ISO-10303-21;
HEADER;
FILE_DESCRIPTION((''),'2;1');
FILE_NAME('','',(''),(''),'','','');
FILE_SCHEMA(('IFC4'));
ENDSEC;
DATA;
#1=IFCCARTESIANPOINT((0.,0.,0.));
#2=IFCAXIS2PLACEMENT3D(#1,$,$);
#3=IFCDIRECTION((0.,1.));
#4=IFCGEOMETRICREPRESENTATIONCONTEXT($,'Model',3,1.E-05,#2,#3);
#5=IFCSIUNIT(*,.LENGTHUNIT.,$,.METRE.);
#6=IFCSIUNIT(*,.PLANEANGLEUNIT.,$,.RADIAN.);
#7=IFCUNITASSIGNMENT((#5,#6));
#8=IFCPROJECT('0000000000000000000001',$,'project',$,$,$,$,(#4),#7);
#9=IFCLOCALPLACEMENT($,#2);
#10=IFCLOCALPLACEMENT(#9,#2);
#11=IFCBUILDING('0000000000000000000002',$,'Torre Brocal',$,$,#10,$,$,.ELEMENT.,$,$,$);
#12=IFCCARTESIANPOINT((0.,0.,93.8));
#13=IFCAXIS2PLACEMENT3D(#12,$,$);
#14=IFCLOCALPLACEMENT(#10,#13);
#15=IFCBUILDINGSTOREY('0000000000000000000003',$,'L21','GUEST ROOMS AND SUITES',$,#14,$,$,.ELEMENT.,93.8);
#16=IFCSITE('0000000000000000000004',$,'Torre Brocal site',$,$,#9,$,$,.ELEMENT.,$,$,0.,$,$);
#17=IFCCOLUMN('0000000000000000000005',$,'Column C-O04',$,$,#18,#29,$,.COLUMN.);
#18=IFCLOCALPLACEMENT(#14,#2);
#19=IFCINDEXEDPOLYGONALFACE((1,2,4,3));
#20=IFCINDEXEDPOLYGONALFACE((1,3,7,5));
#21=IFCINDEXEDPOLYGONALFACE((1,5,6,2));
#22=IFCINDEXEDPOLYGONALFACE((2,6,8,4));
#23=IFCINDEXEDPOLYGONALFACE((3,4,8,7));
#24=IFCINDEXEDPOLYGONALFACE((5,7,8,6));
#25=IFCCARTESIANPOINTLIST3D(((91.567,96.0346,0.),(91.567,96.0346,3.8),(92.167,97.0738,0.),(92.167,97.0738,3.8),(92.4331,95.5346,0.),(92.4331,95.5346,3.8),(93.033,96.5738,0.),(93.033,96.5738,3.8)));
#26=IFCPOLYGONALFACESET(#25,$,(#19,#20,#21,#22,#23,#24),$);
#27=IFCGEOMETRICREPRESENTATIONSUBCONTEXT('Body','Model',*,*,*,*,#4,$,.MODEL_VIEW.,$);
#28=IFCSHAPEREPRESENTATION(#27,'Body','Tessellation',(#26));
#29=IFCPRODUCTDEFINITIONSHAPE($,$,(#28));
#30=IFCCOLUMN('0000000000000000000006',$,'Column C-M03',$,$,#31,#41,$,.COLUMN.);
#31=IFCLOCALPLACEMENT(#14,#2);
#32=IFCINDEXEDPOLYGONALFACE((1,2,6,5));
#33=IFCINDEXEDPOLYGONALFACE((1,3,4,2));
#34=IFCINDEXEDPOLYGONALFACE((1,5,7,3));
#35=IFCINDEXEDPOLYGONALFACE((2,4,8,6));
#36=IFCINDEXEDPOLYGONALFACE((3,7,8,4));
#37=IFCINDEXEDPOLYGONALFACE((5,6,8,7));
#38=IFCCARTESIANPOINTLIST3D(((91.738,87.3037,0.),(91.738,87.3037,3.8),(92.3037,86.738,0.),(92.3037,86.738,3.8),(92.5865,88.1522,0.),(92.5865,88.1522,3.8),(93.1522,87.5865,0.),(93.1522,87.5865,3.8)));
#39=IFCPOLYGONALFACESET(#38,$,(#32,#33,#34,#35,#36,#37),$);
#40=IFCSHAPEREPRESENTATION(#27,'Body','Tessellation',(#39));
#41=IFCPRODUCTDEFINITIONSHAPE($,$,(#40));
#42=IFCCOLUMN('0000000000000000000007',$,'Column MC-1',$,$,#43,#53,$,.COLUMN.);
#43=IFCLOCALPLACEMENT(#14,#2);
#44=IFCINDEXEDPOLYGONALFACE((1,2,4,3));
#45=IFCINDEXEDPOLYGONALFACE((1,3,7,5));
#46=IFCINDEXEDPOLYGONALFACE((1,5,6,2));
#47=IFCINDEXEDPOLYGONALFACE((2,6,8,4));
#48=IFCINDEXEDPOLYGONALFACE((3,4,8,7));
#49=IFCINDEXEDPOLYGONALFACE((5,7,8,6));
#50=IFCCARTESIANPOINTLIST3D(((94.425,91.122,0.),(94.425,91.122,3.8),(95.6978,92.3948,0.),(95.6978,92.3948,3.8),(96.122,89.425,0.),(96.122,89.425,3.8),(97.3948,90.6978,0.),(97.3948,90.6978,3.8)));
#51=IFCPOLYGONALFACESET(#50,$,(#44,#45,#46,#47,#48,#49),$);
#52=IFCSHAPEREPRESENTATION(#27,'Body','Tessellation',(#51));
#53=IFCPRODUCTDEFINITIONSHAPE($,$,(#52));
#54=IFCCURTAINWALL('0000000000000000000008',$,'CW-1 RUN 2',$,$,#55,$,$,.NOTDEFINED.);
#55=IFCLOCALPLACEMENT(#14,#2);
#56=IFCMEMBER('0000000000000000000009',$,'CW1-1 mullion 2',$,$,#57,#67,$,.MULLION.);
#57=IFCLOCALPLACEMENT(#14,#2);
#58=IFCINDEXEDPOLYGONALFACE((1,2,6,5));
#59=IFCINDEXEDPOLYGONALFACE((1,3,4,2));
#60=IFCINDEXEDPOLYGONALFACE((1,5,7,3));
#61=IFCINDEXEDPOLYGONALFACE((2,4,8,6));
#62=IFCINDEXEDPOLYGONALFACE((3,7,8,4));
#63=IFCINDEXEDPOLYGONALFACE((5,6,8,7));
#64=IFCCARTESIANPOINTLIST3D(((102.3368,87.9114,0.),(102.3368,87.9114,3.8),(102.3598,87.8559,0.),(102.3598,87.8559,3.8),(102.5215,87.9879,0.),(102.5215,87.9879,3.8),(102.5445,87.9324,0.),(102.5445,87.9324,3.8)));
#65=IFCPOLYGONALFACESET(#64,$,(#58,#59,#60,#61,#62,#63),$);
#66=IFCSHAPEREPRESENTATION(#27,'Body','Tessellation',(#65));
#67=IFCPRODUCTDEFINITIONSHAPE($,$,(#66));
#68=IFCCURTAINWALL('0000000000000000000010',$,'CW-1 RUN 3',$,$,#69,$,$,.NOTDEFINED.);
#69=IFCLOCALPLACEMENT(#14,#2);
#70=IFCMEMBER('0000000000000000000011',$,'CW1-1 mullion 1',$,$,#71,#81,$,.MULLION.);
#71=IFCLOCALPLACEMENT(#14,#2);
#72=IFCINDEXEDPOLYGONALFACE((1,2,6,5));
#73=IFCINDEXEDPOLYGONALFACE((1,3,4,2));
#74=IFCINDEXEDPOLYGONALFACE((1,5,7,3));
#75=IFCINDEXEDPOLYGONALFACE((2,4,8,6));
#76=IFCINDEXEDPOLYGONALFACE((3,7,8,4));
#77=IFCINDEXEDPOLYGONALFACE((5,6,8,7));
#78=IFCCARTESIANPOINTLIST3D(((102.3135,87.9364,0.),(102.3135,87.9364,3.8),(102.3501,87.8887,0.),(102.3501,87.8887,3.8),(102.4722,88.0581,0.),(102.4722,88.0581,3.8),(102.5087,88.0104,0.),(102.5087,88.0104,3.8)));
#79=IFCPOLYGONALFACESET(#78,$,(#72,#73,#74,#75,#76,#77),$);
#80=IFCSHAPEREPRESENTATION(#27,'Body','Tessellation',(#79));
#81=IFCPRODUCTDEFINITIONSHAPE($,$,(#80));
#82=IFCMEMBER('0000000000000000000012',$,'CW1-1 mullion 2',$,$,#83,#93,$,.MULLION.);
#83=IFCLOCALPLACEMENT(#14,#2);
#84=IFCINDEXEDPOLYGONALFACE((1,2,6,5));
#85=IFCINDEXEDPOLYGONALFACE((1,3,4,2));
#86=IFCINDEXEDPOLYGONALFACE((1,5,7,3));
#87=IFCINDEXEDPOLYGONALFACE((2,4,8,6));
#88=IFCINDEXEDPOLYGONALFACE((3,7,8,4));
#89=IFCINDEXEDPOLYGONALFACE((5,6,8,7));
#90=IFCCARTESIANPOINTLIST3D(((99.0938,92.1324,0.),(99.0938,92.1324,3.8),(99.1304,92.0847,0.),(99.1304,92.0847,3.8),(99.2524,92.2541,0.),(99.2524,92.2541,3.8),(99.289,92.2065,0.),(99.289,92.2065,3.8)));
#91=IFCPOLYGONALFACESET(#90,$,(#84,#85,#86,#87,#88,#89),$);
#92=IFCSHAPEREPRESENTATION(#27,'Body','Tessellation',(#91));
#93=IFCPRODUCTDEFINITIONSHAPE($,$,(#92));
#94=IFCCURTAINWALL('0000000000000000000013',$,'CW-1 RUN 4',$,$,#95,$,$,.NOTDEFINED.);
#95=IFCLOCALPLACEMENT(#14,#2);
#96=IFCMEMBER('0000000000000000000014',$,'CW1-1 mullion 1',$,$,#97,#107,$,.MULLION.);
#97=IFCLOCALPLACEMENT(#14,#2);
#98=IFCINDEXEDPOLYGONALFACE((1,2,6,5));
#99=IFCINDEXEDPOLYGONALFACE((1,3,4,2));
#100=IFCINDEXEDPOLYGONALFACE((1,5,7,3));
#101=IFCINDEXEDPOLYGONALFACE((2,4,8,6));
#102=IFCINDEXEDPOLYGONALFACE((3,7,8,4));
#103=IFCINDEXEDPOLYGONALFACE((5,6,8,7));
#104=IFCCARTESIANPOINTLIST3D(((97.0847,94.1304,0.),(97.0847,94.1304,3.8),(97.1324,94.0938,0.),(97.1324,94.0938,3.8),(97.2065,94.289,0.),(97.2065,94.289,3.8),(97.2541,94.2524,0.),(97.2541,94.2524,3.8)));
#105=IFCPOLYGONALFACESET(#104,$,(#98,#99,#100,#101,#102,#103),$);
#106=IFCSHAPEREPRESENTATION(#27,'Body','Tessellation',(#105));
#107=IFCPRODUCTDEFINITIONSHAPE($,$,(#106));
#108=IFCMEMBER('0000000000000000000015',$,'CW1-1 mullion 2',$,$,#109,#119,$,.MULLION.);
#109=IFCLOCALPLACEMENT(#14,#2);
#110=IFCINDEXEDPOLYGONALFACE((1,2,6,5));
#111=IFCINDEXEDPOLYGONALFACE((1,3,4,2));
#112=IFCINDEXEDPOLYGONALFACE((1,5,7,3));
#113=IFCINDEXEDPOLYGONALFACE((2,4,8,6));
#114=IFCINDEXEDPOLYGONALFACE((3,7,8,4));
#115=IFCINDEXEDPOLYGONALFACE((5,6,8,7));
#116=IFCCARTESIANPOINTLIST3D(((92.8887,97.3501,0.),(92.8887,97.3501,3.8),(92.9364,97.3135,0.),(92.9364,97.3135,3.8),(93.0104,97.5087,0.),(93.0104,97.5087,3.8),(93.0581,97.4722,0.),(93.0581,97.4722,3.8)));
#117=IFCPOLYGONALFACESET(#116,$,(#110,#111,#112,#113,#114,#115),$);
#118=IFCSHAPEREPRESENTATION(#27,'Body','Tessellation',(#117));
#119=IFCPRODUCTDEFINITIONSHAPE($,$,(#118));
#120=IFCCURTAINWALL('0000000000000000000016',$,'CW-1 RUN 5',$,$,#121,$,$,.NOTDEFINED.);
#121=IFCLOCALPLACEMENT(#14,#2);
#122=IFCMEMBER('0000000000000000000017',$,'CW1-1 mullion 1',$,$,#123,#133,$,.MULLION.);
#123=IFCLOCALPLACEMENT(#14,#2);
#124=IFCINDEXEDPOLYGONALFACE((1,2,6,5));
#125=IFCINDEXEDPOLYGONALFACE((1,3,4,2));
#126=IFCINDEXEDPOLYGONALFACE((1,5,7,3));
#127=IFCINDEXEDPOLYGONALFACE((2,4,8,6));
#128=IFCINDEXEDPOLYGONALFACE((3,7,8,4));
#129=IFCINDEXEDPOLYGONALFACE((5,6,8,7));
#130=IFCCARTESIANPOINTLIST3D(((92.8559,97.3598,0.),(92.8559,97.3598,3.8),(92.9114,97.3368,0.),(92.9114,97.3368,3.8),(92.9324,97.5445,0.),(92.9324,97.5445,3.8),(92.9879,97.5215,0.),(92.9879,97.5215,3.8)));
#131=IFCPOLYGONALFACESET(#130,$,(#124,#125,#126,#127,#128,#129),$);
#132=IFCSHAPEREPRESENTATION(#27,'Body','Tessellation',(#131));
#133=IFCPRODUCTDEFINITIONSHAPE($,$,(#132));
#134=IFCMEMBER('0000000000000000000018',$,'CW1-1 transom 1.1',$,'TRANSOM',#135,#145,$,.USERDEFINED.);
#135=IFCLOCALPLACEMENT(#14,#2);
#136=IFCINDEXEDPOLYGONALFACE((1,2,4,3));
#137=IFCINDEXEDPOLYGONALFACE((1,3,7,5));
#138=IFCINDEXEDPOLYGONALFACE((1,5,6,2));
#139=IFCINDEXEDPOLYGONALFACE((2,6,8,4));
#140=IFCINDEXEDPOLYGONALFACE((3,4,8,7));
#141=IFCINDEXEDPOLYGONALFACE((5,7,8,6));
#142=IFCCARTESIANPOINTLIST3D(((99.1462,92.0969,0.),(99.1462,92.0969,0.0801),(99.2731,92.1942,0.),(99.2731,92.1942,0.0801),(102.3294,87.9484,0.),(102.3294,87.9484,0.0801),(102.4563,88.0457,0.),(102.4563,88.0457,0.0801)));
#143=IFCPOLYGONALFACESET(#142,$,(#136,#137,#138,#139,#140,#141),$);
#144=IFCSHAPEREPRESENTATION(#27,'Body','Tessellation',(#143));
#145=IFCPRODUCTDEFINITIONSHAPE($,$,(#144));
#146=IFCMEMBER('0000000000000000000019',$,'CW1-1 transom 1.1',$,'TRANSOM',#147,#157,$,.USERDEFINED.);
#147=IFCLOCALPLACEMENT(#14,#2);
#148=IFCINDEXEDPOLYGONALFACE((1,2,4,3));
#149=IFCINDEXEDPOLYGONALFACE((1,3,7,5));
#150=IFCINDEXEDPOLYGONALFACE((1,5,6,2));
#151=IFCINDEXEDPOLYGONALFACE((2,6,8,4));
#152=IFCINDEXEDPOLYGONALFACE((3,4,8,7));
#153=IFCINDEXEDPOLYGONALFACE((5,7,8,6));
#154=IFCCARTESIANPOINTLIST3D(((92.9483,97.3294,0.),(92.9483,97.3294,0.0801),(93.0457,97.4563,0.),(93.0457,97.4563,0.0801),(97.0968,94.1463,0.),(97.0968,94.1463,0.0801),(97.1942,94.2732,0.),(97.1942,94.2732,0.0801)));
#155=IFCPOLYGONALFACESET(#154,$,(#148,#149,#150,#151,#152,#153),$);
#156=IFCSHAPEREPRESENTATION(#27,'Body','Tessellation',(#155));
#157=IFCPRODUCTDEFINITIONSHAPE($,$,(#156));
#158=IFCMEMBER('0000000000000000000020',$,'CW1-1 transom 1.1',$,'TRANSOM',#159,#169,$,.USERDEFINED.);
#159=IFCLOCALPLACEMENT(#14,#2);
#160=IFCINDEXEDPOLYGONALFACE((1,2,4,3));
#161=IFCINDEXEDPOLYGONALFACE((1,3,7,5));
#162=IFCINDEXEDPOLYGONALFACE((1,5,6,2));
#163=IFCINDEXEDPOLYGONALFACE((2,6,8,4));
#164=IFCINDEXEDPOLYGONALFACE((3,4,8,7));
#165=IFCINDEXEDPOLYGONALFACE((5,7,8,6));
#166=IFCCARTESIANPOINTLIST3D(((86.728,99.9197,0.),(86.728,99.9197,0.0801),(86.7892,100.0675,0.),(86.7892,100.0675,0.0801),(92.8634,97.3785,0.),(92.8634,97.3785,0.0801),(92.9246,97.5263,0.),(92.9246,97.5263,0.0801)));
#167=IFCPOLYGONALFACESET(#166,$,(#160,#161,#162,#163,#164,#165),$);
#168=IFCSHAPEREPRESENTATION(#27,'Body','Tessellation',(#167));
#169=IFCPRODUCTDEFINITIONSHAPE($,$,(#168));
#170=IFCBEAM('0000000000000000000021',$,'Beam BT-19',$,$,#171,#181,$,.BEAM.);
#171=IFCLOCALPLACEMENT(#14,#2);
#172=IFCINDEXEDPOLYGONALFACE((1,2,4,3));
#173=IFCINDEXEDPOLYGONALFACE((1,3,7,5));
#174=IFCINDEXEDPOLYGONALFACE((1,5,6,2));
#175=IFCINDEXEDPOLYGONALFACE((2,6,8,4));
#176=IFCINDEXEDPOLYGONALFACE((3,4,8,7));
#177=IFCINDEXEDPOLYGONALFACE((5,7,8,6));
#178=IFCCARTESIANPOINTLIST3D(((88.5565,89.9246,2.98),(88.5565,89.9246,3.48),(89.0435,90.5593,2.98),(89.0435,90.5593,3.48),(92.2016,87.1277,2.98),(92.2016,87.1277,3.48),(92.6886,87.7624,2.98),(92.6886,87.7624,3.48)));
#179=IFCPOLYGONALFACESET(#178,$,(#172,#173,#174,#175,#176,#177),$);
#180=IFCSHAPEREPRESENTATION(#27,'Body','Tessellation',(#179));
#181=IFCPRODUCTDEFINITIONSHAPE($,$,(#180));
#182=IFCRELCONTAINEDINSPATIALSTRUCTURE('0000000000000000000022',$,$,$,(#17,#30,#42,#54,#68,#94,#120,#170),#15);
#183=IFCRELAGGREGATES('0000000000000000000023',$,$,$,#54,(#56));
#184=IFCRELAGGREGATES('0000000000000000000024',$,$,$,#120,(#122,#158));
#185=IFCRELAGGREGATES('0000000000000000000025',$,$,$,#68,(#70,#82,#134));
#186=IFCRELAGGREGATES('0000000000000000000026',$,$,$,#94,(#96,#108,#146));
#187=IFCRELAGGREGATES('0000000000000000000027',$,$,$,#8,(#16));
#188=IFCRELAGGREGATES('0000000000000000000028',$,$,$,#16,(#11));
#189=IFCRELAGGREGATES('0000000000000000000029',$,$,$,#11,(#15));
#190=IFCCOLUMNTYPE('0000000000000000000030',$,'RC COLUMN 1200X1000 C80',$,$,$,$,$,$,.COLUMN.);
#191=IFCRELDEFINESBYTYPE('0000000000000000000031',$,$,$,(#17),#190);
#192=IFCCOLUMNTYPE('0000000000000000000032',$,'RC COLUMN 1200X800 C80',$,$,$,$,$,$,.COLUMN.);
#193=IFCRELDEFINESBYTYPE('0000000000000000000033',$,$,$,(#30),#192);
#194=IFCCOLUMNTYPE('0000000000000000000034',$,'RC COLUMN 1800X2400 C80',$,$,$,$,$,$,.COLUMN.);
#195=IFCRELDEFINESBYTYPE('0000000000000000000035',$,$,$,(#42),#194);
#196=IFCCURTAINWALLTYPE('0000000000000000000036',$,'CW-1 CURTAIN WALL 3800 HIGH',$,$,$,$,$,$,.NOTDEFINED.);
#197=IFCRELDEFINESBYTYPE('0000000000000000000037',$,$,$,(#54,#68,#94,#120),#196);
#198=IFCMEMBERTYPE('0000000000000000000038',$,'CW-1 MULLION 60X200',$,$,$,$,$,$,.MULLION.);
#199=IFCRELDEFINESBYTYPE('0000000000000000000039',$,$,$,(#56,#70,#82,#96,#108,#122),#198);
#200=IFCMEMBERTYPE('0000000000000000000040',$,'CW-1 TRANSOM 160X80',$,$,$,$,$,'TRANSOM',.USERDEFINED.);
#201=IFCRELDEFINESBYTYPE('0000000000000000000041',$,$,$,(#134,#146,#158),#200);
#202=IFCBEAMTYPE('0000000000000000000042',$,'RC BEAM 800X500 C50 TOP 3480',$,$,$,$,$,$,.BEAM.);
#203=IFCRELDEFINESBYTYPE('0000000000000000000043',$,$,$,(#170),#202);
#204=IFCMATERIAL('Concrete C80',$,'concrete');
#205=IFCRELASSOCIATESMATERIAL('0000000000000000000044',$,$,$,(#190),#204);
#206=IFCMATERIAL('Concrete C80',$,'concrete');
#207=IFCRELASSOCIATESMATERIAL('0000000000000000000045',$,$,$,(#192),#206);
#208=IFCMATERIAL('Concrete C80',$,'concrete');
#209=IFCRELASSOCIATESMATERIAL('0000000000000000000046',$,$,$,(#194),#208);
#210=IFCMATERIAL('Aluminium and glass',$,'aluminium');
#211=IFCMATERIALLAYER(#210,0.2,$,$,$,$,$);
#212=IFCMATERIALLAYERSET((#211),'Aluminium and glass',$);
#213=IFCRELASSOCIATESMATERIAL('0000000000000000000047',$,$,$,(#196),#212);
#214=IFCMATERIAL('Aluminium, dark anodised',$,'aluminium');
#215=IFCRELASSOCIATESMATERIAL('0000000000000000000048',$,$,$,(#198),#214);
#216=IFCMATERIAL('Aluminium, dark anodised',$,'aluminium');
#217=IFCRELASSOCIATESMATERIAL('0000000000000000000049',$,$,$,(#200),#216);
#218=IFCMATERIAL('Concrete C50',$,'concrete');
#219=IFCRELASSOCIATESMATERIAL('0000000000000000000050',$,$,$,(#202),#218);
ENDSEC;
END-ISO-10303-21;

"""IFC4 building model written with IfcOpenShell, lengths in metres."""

from ifc_helpers import new_model, si_unit, direction, frame, origin, origin_2d, place, context, subcontext, project, spatial, rectangle, extrude, material, layer, layer_set, material_profile, profile_set, type_object, element, aggregate, save


model = new_model("IFC4")

# Units and contexts
model_context = context("Model", 3, precision=1e-05, world=origin(), true_north=direction((0.0, 1.0)))
body_context = subcontext(model_context, "Body", "Model", "MODEL_VIEW")
ifc_project = project(units=[si_unit("LENGTHUNIT", "METRE"), si_unit("PLANEANGLEUNIT", "RADIAN")], contexts=[model_context])

# Site, building, storey
site_placement = place(None, origin())
site = spatial("IfcSite", under=ifc_project, at=site_placement, Name="Torre Brocal site", CompositionType="ELEMENT", RefElevation=0.0)
building_placement = place(site_placement, origin())
building = spatial("IfcBuilding", under=site, at=building_placement, Name="Torre Brocal", CompositionType="ELEMENT")
storey_placement = place(building_placement, frame((0.0, 0.0, 93.8)))
storey = spatial("IfcBuildingStorey", under=building, at=storey_placement, Name="L21", Description="GUEST ROOMS AND SUITES", CompositionType="ELEMENT", Elevation=93.8)

# Columns
ifc_material_1 = material(Name="Concrete C80", Category="concrete")
ifc_material_profile_1 = material_profile(ifc_material_1, rectangle(XDim=1.2, YDim=1.0, at=origin_2d()), Name="RC 1200X1000")
ifc_profile_set_1 = profile_set([ifc_material_profile_1], Name="Concrete C80")
column_type_1 = type_object("IfcColumnType", Name="RC COLUMN 1200X1000 C80", PredefinedType="COLUMN", material=ifc_profile_set_1)
column_1_placement = place(storey_placement, frame((92.3, 96.3042, 0.0), z_axis=(0.0, 0.0, 1.0), x_axis=(0.5, 0.866025, 0.0)))
element("IfcColumn", 1, at=column_1_placement, inside=storey, type_object=column_type_1, Name="Column C-O04", PredefinedType="COLUMN", context=body_context, shape_type="SweptSolid", body=[
    extrude(rectangle(XDim=1.2, YDim=1.0, at=origin_2d()), origin(), (0.0, 0.0, 1.0), 3.8),
])
ifc_material_2 = material(Name="Concrete C80", Category="concrete")
ifc_material_profile_2 = material_profile(ifc_material_2, rectangle(XDim=1.2, YDim=0.8, at=origin_2d()), Name="RC 1200X800")
ifc_profile_set_2 = profile_set([ifc_material_profile_2], Name="Concrete C80")
column_type_2 = type_object("IfcColumnType", Name="RC COLUMN 1200X800 C80", PredefinedType="COLUMN", material=ifc_profile_set_2)
column_2_placement = place(storey_placement, frame((92.4451, 87.4451, 0.0), z_axis=(0.0, 0.0, 1.0), x_axis=(0.707107, 0.707107, 0.0)))
element("IfcColumn", 2, at=column_2_placement, inside=storey, type_object=column_type_2, Name="Column C-M03", PredefinedType="COLUMN", context=body_context, shape_type="SweptSolid", body=[
    extrude(rectangle(XDim=1.2, YDim=0.8, at=origin_2d()), origin(), (0.0, 0.0, 1.0), 3.8),
])
ifc_material_3 = material(Name="Concrete C80", Category="concrete")
ifc_material_profile_3 = material_profile(ifc_material_3, rectangle(XDim=1.8, YDim=2.3999, at=origin_2d()), Name="RC 1800X2400")
ifc_profile_set_3 = profile_set([ifc_material_profile_3], Name="Concrete C80")
column_type_3 = type_object("IfcColumnType", Name="RC COLUMN 1800X2400 C80", PredefinedType="COLUMN", material=ifc_profile_set_3)
column_3_placement = place(storey_placement, frame((95.9099, 90.9099, 0.0), z_axis=(0.0, 0.0, 1.0), x_axis=(0.707107, 0.707107, 0.0)))
element("IfcColumn", 3, at=column_3_placement, inside=storey, type_object=column_type_3, Name="Column MC-1", PredefinedType="COLUMN", context=body_context, shape_type="SweptSolid", body=[
    extrude(rectangle(XDim=1.8, YDim=2.3999, at=origin_2d()), origin(), (0.0, 0.0, 1.0), 3.8),
])

# Curtain wall, member
ifc_material_4 = material(Name="Aluminium and glass", Category="aluminium")
ifc_layer_1 = layer(ifc_material_4, 0.2)
ifc_layer_set_1 = layer_set([ifc_layer_1], Name="Aluminium and glass")
curtain_wall_type = type_object("IfcCurtainWallType", Name="CW-1 CURTAIN WALL 3800 HIGH", PredefinedType="NOTDEFINED", material=ifc_layer_set_1)
curtain_wall_1_placement = place(storey_placement, origin())
curtain_wall_1 = element("IfcCurtainWall", 4, at=curtain_wall_1_placement, inside=storey, type_object=curtain_wall_type, Name="CW-1 RUN 2", PredefinedType="NOTDEFINED")
ifc_material_5 = material(Name="Aluminium, dark anodised", Category="aluminium")
ifc_material_profile_4 = material_profile(ifc_material_5, rectangle(XDim=0.2, YDim=0.0601, at=origin_2d()), Name="CW-1 MULLION 60X200")
ifc_profile_set_4 = profile_set([ifc_material_profile_4], Name="Aluminium, dark anodised")
member_type_1 = type_object("IfcMemberType", Name="CW-1 MULLION 60X200", PredefinedType="MULLION", material=ifc_profile_set_4)
member_1_placement = place(storey_placement, frame((102.4407, 87.9219, 0.0), z_axis=(0.0, 0.0, 1.0), x_axis=(-0.92388, -0.382683, 0.0)))
member_1 = element("IfcMember", 5, at=member_1_placement, type_object=member_type_1, Name="CW1-1 mullion 2", PredefinedType="MULLION", context=body_context, shape_type="SweptSolid", body=[
    extrude(rectangle(XDim=0.2, YDim=0.0601, at=origin_2d()), origin(), (0.0, 0.0, 1.0), 3.8),
])
aggregate(curtain_wall_1, [member_1])

# Curtain walls, members
curtain_wall_2_placement = place(storey_placement, origin())
curtain_wall_2 = element("IfcCurtainWall", 6, at=curtain_wall_2_placement, inside=storey, type_object=curtain_wall_type, Name="CW-1 RUN 3", PredefinedType="NOTDEFINED")
member_2_placement = place(storey_placement, frame((102.4111, 87.9734, 0.0), z_axis=(0.0, 0.0, 1.0), x_axis=(-0.793353, -0.608761, 0.0)))
member_2 = element("IfcMember", 7, at=member_2_placement, type_object=member_type_1, Name="CW1-1 mullion 1", PredefinedType="MULLION", context=body_context, shape_type="SweptSolid", body=[
    extrude(rectangle(XDim=0.2, YDim=0.0601, at=origin_2d()), origin(), (0.0, 0.0, 1.0), 3.8),
])
member_3_placement = place(storey_placement, frame((99.1914, 92.1694, 0.0), z_axis=(0.0, 0.0, 1.0), x_axis=(-0.793353, -0.608761, 0.0)))
member_3 = element("IfcMember", 8, at=member_3_placement, type_object=member_type_1, Name="CW1-1 mullion 2", PredefinedType="MULLION", context=body_context, shape_type="SweptSolid", body=[
    extrude(rectangle(XDim=0.2, YDim=0.0601, at=origin_2d()), origin(), (0.0, 0.0, 1.0), 3.8),
])
curtain_wall_3_placement = place(storey_placement, origin())
curtain_wall_3 = element("IfcCurtainWall", 9, at=curtain_wall_3_placement, inside=storey, type_object=curtain_wall_type, Name="CW-1 RUN 4", PredefinedType="NOTDEFINED")
member_4_placement = place(storey_placement, frame((97.1694, 94.1914, 0.0), z_axis=(0.0, 0.0, 1.0), x_axis=(-0.608761, -0.793353, 0.0)))
member_4 = element("IfcMember", 10, at=member_4_placement, type_object=member_type_1, Name="CW1-1 mullion 1", PredefinedType="MULLION", context=body_context, shape_type="SweptSolid", body=[
    extrude(rectangle(XDim=0.2, YDim=0.0601, at=origin_2d()), origin(), (0.0, 0.0, 1.0), 3.8),
])
member_5_placement = place(storey_placement, frame((92.9734, 97.4111, 0.0), z_axis=(0.0, 0.0, 1.0), x_axis=(-0.608761, -0.793353, 0.0)))
member_5 = element("IfcMember", 11, at=member_5_placement, type_object=member_type_1, Name="CW1-1 mullion 2", PredefinedType="MULLION", context=body_context, shape_type="SweptSolid", body=[
    extrude(rectangle(XDim=0.2, YDim=0.0601, at=origin_2d()), origin(), (0.0, 0.0, 1.0), 3.8),
])

# Curtain wall, member
curtain_wall_4_placement = place(storey_placement, origin())
curtain_wall_4 = element("IfcCurtainWall", 12, at=curtain_wall_4_placement, inside=storey, type_object=curtain_wall_type, Name="CW-1 RUN 5", PredefinedType="NOTDEFINED")
member_6_placement = place(storey_placement, frame((92.9219, 97.4407, 0.0), z_axis=(0.0, 0.0, 1.0), x_axis=(-0.382683, -0.92388, 0.0)))
member_6 = element("IfcMember", 13, at=member_6_placement, type_object=member_type_1, Name="CW1-1 mullion 1", PredefinedType="MULLION", context=body_context, shape_type="SweptSolid", body=[
    extrude(rectangle(XDim=0.2, YDim=0.0601, at=origin_2d()), origin(), (0.0, 0.0, 1.0), 3.8),
])

# Members
ifc_material_6 = material(Name="Aluminium, dark anodised", Category="aluminium")
ifc_material_profile_5 = material_profile(ifc_material_6, rectangle(XDim=0.1599, YDim=0.0801, at=origin_2d()), Name="CW-1 TRANSOM 160X80")
ifc_profile_set_5 = profile_set([ifc_material_profile_5], Name="Aluminium, dark anodised")
member_type_2 = type_object("IfcMemberType", Name="CW-1 TRANSOM 160X80", ElementType="TRANSOM", PredefinedType="USERDEFINED", material=ifc_profile_set_5)
member_7_placement = place(storey_placement, frame((102.3928, 87.9971, 0.04), z_axis=(-0.608749, 0.793363, 0.0), x_axis=(-0.793363, -0.608749, 0.0)))
member_7 = element("IfcMember", 14, at=member_7_placement, type_object=member_type_2, Name="CW1-1 transom 1.1", ObjectType="TRANSOM", PredefinedType="USERDEFINED", context=body_context, shape_type="SweptSolid", body=[
    extrude(rectangle(XDim=0.1599, YDim=0.0801, at=origin_2d()), origin(), (0.0, 0.0, 1.0), 5.229),
])
member_8_placement = place(storey_placement, frame((97.1455, 94.2097, 0.04), z_axis=(-0.793363, 0.608749, 0.0), x_axis=(-0.608749, -0.793363, 0.0)))
member_8 = element("IfcMember", 15, at=member_8_placement, type_object=member_type_2, Name="CW1-1 transom 1.1", ObjectType="TRANSOM", PredefinedType="USERDEFINED", context=body_context, shape_type="SweptSolid", body=[
    extrude(rectangle(XDim=0.1599, YDim=0.0801, at=origin_2d()), origin(), (0.0, 0.0, 1.0), 5.229),
])
member_9_placement = place(storey_placement, frame((92.894, 97.4524, 0.04), z_axis=(-0.923887, 0.382665, 0.0), x_axis=(-0.382665, -0.923887, 0.0)))
member_9 = element("IfcMember", 16, at=member_9_placement, type_object=member_type_2, Name="CW1-1 transom 1.1", ObjectType="TRANSOM", PredefinedType="USERDEFINED", context=body_context, shape_type="SweptSolid", body=[
    extrude(rectangle(XDim=0.1599, YDim=0.0801, at=origin_2d()), origin(), (0.0, 0.0, 1.0), 6.6409),
])
aggregate(curtain_wall_4, [member_6, member_9])

# Beam
ifc_material_7 = material(Name="Concrete C50", Category="concrete")
ifc_material_profile_6 = material_profile(ifc_material_7, rectangle(XDim=0.8, YDim=0.5, at=origin_2d()), Name="RC 800X500")
ifc_profile_set_6 = profile_set([ifc_material_profile_6], Name="Concrete C50")
beam_type_1 = type_object("IfcBeamType", Name="RC BEAM 800X500 C50 TOP 3480", PredefinedType="BEAM", material=ifc_profile_set_6)
beam_1_placement = place(storey_placement, frame((92.4451, 87.4451, 3.23), z_axis=(-0.793358, 0.608755, 0.0), x_axis=(-0.608755, -0.793358, 0.0)))
element("IfcBeam", 17, at=beam_1_placement, inside=storey, type_object=beam_type_1, Name="Beam BT-19", PredefinedType="BEAM", context=body_context, shape_type="SweptSolid", body=[
    extrude(rectangle(XDim=0.8, YDim=0.5, at=origin_2d()), origin(), (0.0, 0.0, 1.0), 4.5945),
])

aggregate(curtain_wall_2, [member_2, member_3, member_7])
aggregate(curtain_wall_3, [member_4, member_5, member_8])

save(model, "model.ifc")
